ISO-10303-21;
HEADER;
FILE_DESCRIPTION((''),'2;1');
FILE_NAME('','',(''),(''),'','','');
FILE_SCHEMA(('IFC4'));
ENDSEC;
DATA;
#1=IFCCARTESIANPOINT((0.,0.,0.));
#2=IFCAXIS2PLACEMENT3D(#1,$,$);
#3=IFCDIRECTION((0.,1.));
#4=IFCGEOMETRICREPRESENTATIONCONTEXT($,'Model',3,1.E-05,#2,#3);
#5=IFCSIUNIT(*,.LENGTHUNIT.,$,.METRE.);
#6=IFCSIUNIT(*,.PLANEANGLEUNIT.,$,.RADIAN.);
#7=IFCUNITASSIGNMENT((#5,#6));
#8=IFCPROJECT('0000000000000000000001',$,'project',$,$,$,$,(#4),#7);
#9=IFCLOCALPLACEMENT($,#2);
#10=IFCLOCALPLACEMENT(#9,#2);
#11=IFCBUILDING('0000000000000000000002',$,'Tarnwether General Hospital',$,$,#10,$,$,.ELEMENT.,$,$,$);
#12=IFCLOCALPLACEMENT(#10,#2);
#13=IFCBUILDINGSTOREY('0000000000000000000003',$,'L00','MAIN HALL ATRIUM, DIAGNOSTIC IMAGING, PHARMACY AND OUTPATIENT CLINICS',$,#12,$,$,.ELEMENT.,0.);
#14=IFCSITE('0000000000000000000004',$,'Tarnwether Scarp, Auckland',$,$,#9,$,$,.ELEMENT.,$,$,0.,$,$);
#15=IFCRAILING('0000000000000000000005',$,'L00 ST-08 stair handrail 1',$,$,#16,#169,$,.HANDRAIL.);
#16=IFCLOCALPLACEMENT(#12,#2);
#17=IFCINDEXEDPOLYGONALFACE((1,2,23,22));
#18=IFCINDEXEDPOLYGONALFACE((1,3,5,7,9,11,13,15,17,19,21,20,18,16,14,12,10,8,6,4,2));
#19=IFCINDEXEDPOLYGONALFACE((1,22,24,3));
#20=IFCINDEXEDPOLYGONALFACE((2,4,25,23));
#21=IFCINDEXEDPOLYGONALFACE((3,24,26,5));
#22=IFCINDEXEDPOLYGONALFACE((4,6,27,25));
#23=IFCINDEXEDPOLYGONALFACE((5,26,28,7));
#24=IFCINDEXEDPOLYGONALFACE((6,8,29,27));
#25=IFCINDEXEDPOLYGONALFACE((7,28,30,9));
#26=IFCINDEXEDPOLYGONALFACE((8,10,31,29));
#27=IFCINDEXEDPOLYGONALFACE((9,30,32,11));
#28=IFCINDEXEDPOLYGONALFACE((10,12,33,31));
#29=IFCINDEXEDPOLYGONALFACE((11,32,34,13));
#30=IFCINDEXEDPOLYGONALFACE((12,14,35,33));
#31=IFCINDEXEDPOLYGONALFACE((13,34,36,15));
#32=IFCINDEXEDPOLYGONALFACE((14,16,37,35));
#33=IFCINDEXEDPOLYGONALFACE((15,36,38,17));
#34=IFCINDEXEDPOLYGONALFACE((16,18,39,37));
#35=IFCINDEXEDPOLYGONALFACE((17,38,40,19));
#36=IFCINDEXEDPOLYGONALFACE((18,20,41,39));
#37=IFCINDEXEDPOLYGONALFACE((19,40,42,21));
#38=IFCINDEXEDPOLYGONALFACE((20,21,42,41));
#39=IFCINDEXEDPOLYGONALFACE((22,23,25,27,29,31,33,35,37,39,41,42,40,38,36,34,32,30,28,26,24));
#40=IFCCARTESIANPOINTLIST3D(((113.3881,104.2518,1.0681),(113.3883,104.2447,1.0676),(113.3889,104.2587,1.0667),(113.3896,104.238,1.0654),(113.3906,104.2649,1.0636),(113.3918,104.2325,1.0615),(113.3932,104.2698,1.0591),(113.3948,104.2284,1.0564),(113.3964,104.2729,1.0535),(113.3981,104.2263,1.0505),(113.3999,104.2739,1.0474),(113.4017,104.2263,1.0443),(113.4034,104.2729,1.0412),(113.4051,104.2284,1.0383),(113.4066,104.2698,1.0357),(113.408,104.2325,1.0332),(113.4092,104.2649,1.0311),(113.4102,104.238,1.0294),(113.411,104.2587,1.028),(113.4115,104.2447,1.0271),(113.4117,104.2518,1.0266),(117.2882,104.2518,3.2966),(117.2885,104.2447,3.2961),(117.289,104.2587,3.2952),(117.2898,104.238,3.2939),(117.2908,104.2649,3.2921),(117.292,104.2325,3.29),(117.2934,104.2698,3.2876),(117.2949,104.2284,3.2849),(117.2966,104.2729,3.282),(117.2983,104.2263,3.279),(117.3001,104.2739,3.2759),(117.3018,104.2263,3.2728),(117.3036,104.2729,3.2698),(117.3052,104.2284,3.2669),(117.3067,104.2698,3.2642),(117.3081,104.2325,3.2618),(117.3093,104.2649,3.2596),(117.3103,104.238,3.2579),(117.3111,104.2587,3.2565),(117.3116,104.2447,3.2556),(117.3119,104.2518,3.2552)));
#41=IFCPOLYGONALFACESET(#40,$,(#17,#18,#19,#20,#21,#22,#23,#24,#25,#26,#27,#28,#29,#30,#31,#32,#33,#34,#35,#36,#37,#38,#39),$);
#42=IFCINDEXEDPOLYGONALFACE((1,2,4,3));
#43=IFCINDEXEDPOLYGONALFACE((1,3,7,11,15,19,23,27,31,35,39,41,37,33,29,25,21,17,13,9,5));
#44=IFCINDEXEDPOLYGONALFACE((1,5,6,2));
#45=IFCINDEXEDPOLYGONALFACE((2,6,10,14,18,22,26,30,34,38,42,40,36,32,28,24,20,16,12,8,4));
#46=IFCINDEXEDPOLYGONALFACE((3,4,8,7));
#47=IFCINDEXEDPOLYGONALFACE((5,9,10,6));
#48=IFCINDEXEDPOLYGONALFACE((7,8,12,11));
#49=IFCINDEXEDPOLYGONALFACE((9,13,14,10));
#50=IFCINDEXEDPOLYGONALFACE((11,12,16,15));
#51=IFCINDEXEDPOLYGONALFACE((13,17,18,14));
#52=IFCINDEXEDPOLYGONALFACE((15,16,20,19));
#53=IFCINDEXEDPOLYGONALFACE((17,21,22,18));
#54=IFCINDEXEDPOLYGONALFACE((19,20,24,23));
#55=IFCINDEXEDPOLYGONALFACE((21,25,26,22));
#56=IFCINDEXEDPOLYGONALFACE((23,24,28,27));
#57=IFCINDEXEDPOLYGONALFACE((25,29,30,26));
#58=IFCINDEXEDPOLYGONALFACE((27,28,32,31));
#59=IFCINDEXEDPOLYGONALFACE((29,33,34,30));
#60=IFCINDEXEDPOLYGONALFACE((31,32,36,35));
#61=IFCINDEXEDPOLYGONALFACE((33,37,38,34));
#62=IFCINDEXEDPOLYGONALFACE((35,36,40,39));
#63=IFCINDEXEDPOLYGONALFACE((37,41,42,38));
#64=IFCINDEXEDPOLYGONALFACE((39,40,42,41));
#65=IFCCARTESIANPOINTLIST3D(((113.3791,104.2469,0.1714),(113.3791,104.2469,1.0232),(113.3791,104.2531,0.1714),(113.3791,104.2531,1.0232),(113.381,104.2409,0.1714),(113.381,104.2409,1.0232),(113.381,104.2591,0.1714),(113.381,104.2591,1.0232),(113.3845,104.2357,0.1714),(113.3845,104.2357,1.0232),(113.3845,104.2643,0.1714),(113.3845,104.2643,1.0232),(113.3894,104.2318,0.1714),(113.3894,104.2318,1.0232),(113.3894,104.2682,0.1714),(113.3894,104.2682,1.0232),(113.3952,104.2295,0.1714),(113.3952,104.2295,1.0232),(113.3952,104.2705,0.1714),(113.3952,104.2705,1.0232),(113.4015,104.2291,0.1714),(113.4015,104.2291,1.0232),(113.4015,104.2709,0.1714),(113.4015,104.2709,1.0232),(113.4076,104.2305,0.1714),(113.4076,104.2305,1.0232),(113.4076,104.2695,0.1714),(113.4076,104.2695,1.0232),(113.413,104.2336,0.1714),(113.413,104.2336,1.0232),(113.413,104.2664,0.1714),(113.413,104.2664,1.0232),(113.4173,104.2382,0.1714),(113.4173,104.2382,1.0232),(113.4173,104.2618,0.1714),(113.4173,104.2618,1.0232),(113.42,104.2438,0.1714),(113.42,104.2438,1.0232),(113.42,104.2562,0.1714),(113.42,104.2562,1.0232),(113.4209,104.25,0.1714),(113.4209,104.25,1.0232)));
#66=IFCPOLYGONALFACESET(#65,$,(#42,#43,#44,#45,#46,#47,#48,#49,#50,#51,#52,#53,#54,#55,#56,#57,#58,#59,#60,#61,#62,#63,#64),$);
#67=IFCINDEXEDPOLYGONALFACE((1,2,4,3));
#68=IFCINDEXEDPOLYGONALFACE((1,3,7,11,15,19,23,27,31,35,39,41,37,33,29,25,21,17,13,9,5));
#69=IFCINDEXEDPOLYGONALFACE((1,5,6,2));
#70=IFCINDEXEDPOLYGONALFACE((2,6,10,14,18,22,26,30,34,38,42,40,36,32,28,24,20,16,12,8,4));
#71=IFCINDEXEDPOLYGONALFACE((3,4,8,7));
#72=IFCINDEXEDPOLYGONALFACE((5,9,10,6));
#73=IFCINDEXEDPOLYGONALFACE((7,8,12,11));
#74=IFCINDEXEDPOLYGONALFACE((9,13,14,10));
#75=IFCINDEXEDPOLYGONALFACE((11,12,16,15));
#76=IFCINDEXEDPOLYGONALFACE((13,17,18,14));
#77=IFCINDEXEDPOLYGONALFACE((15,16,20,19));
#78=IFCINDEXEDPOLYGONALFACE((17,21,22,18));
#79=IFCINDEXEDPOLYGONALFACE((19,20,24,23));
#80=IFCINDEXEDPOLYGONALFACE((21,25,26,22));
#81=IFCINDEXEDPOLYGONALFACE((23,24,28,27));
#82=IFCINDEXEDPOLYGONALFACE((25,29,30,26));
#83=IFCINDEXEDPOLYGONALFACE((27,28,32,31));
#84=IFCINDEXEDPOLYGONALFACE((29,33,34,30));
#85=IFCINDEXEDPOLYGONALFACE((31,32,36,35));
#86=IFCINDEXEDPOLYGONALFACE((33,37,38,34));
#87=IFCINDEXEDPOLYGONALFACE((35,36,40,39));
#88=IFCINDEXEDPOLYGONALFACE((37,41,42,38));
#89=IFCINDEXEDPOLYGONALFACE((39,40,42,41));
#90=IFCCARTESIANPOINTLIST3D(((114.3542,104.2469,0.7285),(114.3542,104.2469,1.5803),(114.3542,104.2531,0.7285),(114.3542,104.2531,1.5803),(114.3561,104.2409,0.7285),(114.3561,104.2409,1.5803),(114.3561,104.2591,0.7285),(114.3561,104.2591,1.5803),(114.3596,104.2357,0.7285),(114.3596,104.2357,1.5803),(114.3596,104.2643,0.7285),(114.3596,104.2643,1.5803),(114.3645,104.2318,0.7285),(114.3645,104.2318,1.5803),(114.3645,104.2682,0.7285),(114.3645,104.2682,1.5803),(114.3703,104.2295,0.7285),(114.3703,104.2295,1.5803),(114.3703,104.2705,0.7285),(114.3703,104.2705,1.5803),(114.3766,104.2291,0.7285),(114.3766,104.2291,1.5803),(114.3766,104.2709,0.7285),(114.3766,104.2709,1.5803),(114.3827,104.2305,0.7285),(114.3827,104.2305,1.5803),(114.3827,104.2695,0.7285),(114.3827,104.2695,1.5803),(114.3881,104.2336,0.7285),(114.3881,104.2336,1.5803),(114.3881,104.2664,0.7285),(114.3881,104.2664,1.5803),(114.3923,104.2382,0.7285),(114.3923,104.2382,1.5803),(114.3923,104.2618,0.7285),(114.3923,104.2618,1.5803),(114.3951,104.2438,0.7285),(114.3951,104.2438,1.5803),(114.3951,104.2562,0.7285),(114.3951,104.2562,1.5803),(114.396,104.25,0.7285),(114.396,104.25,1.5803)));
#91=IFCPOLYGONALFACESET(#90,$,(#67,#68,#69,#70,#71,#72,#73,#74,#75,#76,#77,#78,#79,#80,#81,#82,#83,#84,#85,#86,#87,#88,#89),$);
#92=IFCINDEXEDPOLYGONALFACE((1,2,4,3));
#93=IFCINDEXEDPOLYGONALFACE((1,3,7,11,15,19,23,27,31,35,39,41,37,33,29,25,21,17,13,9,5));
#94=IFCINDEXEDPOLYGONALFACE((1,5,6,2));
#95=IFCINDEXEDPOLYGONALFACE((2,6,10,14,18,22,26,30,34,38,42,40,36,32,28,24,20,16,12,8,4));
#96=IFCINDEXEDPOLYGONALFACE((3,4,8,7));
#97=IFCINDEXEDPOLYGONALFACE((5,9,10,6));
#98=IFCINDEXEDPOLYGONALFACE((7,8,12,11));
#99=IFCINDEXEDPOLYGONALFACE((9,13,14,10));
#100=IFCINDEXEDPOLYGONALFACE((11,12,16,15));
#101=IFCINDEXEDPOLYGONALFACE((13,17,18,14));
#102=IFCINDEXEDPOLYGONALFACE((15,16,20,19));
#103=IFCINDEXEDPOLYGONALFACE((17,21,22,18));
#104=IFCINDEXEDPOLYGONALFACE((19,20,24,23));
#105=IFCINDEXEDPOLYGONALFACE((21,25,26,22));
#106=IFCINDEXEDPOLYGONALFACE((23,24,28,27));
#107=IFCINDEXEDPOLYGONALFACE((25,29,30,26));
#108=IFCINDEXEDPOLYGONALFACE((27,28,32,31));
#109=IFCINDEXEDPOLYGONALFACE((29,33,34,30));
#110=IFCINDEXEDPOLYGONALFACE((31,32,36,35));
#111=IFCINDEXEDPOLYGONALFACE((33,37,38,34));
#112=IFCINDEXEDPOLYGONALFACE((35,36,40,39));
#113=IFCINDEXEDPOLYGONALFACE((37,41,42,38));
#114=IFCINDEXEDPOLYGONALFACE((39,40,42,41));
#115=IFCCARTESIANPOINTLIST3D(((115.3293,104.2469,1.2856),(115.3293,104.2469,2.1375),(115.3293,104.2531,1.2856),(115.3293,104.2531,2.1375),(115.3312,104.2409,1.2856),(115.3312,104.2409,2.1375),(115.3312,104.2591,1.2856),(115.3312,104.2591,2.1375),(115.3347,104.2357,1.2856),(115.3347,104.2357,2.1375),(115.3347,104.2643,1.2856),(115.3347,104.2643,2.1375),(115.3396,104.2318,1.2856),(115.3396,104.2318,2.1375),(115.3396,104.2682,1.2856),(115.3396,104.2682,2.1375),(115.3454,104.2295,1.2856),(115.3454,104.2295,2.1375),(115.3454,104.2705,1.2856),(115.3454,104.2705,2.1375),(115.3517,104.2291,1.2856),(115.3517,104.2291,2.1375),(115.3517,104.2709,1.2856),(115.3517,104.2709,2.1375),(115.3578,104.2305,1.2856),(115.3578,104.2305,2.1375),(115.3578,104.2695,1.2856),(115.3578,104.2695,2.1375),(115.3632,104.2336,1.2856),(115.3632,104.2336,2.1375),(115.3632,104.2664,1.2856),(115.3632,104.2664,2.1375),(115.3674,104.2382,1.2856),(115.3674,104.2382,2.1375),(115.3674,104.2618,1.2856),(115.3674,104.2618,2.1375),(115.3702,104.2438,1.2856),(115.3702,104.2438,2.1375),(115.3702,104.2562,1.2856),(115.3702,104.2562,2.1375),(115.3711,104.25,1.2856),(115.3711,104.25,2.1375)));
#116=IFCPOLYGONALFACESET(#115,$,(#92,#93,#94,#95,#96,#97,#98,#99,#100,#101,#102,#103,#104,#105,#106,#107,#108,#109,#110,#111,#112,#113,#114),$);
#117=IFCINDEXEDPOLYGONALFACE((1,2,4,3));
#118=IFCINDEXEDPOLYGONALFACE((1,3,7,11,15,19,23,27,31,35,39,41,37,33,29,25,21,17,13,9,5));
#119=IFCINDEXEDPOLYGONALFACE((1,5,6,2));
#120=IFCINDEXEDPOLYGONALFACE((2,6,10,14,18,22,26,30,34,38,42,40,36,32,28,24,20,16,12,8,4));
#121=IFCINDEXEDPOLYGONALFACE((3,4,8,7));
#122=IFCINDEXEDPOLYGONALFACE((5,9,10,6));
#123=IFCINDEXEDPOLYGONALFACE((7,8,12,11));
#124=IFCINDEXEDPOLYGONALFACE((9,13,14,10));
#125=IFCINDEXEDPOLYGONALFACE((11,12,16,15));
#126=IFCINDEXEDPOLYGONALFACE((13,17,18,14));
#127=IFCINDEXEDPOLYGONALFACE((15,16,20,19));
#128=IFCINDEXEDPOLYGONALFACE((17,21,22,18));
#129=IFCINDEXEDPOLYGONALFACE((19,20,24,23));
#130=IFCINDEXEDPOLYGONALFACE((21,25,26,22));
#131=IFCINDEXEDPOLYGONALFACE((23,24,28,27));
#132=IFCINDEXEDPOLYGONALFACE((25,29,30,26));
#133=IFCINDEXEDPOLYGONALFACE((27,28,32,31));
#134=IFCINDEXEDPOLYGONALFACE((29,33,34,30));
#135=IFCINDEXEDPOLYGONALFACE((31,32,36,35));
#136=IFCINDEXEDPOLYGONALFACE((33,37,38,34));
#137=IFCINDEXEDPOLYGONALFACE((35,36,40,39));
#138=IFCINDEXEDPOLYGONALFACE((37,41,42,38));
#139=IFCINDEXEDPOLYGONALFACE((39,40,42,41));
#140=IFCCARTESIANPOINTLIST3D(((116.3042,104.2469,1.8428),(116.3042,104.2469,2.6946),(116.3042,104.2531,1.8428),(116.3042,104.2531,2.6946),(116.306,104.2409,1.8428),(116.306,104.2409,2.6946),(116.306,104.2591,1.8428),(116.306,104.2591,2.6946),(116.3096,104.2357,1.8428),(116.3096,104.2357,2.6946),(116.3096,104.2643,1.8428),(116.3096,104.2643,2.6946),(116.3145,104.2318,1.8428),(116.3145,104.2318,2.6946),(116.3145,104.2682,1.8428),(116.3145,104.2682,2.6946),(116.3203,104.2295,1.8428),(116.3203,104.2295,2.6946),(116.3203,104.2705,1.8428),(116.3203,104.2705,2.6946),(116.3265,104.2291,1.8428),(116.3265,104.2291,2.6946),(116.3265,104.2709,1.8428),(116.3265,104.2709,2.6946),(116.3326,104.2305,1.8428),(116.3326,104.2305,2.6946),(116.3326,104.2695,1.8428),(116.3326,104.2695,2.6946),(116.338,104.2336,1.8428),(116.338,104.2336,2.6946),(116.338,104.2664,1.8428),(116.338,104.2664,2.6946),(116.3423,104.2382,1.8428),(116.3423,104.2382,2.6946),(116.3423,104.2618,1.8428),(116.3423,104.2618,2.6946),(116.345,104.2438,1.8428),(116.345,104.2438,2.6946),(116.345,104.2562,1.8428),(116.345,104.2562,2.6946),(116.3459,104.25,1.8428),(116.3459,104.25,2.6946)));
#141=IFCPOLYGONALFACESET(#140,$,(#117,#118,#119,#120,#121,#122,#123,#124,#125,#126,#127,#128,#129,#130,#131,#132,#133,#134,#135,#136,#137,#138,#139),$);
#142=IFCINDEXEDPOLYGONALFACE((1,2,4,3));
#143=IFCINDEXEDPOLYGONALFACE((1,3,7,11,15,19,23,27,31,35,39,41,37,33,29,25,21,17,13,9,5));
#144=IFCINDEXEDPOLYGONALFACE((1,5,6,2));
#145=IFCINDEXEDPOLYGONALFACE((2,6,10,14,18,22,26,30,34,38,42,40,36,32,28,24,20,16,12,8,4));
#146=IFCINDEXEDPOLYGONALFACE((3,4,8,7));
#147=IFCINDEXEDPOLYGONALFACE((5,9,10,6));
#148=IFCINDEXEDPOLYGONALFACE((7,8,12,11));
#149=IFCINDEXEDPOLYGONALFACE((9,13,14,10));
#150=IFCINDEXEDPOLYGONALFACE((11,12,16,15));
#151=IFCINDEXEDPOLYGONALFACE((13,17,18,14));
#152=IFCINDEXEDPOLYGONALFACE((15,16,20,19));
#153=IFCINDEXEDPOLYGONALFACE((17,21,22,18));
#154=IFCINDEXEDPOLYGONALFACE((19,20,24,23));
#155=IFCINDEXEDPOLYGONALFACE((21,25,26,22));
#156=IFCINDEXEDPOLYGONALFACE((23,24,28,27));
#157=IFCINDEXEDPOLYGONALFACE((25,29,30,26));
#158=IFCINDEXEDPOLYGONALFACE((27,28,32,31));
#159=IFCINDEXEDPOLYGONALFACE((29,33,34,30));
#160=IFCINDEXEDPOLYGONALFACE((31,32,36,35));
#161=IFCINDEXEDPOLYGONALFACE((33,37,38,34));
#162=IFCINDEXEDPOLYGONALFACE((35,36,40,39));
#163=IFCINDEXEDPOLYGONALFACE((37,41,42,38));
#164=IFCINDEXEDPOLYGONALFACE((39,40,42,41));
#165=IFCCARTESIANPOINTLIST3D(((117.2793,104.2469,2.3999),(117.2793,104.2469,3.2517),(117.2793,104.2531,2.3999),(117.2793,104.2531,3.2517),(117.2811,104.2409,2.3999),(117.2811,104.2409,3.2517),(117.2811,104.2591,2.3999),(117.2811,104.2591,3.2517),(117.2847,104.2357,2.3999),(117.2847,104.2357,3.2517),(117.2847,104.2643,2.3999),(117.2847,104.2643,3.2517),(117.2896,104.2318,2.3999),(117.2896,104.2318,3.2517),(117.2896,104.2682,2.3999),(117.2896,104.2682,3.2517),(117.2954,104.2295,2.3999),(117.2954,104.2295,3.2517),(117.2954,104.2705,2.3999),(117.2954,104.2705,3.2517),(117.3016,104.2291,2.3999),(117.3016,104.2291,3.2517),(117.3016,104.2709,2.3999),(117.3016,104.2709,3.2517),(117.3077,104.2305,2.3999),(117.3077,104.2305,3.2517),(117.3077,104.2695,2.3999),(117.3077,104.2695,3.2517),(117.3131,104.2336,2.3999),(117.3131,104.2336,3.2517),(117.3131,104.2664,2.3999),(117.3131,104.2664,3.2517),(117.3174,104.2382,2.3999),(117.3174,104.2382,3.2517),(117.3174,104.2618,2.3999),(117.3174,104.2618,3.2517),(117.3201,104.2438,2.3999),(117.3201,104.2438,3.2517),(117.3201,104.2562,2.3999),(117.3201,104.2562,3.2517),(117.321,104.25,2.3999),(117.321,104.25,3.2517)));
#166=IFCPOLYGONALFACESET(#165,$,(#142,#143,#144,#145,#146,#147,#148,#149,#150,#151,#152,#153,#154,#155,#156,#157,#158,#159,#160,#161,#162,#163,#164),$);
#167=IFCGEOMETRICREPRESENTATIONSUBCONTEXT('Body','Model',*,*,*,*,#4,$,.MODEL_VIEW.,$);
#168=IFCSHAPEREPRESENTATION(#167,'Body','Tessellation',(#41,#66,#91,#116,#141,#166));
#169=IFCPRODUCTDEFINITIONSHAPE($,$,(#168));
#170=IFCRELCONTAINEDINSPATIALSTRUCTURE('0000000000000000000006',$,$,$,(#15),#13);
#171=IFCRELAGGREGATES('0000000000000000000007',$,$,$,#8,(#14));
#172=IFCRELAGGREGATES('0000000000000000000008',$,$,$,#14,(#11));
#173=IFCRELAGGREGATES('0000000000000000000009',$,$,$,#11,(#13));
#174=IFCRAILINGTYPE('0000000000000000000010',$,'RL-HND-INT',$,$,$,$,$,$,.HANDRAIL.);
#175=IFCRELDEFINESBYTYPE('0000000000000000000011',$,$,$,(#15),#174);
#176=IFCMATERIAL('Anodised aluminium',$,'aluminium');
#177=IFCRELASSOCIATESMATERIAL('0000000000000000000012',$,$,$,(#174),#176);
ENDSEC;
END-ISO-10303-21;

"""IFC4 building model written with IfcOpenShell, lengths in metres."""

from ifc_helpers import new_model, si_unit, direction, frame, origin, origin_2d, place, context, subcontext, project, spatial, circle, extrude, material, type_object, element, save


model = new_model("IFC4")

# Units and contexts
model_context = context("Model", 3, precision=1e-05, world=origin(), true_north=direction((0.0, 1.0)))
body_context = subcontext(model_context, "Body", "Model", "MODEL_VIEW")
ifc_project = project(units=[si_unit("LENGTHUNIT", "METRE"), si_unit("PLANEANGLEUNIT", "RADIAN")], contexts=[model_context])

# Site, building, storey
site_placement = place(None, origin())
site = spatial("IfcSite", under=ifc_project, at=site_placement, Name="Tarnwether Scarp, Auckland", CompositionType="ELEMENT", RefElevation=0.0)
building_placement = place(site_placement, origin())
building = spatial("IfcBuilding", under=site, at=building_placement, Name="Tarnwether General Hospital", CompositionType="ELEMENT")
storey_placement = place(building_placement, origin())
storey = spatial("IfcBuildingStorey", under=building, at=storey_placement, Name="L00", Description="MAIN HALL ATRIUM, DIAGNOSTIC IMAGING, PHARMACY AND OUTPATIENT CLINICS", CompositionType="ELEMENT", Elevation=0.0)

# Railing
ifc_material_1 = material(Name="Anodised aluminium", Category="aluminium")
railing_type_1 = type_object("IfcRailingType", Name="RL-HND-INT", PredefinedType="HANDRAIL", material=ifc_material_1)
railing_1_placement = place(storey_placement, frame((113.3999, 104.25, 0.1714)))
element("IfcRailing", 1, at=railing_1_placement, inside=storey, type_object=railing_type_1, Name="L00 ST-08 stair handrail 1", PredefinedType="HANDRAIL", context=body_context, shape_type="SweptSolid", body=[
    extrude(circle(Radius=0.0239, at=origin_2d()), frame((0.0, 0.0, 0.876), z_axis=(0.868257, 0.0, 0.496116), x_axis=(0.0, 1.0, 0.0)), (0.0, 0.0, 1.0), 4.4919),
    extrude(circle(Radius=0.021, at=origin_2d()), origin(), (0.0, 0.0, 1.0), 0.8518),
    extrude(circle(Radius=0.021, at=origin_2d()), frame((0.9751, 0.0, 0.5571)), (0.0, 0.0, 1.0), 0.8518),
    extrude(circle(Radius=0.021, at=origin_2d()), frame((1.9502, 0.0, 1.1143)), (0.0, 0.0, 1.0), 0.8518),
    extrude(circle(Radius=0.021, at=origin_2d()), frame((2.925, 0.0, 1.6714)), (0.0, 0.0, 1.0), 0.8518),
    extrude(circle(Radius=0.021, at=origin_2d()), frame((3.9001, 0.0, 2.2285)), (0.0, 0.0, 1.0), 0.8518),
])

save(model, "model.ifc")
